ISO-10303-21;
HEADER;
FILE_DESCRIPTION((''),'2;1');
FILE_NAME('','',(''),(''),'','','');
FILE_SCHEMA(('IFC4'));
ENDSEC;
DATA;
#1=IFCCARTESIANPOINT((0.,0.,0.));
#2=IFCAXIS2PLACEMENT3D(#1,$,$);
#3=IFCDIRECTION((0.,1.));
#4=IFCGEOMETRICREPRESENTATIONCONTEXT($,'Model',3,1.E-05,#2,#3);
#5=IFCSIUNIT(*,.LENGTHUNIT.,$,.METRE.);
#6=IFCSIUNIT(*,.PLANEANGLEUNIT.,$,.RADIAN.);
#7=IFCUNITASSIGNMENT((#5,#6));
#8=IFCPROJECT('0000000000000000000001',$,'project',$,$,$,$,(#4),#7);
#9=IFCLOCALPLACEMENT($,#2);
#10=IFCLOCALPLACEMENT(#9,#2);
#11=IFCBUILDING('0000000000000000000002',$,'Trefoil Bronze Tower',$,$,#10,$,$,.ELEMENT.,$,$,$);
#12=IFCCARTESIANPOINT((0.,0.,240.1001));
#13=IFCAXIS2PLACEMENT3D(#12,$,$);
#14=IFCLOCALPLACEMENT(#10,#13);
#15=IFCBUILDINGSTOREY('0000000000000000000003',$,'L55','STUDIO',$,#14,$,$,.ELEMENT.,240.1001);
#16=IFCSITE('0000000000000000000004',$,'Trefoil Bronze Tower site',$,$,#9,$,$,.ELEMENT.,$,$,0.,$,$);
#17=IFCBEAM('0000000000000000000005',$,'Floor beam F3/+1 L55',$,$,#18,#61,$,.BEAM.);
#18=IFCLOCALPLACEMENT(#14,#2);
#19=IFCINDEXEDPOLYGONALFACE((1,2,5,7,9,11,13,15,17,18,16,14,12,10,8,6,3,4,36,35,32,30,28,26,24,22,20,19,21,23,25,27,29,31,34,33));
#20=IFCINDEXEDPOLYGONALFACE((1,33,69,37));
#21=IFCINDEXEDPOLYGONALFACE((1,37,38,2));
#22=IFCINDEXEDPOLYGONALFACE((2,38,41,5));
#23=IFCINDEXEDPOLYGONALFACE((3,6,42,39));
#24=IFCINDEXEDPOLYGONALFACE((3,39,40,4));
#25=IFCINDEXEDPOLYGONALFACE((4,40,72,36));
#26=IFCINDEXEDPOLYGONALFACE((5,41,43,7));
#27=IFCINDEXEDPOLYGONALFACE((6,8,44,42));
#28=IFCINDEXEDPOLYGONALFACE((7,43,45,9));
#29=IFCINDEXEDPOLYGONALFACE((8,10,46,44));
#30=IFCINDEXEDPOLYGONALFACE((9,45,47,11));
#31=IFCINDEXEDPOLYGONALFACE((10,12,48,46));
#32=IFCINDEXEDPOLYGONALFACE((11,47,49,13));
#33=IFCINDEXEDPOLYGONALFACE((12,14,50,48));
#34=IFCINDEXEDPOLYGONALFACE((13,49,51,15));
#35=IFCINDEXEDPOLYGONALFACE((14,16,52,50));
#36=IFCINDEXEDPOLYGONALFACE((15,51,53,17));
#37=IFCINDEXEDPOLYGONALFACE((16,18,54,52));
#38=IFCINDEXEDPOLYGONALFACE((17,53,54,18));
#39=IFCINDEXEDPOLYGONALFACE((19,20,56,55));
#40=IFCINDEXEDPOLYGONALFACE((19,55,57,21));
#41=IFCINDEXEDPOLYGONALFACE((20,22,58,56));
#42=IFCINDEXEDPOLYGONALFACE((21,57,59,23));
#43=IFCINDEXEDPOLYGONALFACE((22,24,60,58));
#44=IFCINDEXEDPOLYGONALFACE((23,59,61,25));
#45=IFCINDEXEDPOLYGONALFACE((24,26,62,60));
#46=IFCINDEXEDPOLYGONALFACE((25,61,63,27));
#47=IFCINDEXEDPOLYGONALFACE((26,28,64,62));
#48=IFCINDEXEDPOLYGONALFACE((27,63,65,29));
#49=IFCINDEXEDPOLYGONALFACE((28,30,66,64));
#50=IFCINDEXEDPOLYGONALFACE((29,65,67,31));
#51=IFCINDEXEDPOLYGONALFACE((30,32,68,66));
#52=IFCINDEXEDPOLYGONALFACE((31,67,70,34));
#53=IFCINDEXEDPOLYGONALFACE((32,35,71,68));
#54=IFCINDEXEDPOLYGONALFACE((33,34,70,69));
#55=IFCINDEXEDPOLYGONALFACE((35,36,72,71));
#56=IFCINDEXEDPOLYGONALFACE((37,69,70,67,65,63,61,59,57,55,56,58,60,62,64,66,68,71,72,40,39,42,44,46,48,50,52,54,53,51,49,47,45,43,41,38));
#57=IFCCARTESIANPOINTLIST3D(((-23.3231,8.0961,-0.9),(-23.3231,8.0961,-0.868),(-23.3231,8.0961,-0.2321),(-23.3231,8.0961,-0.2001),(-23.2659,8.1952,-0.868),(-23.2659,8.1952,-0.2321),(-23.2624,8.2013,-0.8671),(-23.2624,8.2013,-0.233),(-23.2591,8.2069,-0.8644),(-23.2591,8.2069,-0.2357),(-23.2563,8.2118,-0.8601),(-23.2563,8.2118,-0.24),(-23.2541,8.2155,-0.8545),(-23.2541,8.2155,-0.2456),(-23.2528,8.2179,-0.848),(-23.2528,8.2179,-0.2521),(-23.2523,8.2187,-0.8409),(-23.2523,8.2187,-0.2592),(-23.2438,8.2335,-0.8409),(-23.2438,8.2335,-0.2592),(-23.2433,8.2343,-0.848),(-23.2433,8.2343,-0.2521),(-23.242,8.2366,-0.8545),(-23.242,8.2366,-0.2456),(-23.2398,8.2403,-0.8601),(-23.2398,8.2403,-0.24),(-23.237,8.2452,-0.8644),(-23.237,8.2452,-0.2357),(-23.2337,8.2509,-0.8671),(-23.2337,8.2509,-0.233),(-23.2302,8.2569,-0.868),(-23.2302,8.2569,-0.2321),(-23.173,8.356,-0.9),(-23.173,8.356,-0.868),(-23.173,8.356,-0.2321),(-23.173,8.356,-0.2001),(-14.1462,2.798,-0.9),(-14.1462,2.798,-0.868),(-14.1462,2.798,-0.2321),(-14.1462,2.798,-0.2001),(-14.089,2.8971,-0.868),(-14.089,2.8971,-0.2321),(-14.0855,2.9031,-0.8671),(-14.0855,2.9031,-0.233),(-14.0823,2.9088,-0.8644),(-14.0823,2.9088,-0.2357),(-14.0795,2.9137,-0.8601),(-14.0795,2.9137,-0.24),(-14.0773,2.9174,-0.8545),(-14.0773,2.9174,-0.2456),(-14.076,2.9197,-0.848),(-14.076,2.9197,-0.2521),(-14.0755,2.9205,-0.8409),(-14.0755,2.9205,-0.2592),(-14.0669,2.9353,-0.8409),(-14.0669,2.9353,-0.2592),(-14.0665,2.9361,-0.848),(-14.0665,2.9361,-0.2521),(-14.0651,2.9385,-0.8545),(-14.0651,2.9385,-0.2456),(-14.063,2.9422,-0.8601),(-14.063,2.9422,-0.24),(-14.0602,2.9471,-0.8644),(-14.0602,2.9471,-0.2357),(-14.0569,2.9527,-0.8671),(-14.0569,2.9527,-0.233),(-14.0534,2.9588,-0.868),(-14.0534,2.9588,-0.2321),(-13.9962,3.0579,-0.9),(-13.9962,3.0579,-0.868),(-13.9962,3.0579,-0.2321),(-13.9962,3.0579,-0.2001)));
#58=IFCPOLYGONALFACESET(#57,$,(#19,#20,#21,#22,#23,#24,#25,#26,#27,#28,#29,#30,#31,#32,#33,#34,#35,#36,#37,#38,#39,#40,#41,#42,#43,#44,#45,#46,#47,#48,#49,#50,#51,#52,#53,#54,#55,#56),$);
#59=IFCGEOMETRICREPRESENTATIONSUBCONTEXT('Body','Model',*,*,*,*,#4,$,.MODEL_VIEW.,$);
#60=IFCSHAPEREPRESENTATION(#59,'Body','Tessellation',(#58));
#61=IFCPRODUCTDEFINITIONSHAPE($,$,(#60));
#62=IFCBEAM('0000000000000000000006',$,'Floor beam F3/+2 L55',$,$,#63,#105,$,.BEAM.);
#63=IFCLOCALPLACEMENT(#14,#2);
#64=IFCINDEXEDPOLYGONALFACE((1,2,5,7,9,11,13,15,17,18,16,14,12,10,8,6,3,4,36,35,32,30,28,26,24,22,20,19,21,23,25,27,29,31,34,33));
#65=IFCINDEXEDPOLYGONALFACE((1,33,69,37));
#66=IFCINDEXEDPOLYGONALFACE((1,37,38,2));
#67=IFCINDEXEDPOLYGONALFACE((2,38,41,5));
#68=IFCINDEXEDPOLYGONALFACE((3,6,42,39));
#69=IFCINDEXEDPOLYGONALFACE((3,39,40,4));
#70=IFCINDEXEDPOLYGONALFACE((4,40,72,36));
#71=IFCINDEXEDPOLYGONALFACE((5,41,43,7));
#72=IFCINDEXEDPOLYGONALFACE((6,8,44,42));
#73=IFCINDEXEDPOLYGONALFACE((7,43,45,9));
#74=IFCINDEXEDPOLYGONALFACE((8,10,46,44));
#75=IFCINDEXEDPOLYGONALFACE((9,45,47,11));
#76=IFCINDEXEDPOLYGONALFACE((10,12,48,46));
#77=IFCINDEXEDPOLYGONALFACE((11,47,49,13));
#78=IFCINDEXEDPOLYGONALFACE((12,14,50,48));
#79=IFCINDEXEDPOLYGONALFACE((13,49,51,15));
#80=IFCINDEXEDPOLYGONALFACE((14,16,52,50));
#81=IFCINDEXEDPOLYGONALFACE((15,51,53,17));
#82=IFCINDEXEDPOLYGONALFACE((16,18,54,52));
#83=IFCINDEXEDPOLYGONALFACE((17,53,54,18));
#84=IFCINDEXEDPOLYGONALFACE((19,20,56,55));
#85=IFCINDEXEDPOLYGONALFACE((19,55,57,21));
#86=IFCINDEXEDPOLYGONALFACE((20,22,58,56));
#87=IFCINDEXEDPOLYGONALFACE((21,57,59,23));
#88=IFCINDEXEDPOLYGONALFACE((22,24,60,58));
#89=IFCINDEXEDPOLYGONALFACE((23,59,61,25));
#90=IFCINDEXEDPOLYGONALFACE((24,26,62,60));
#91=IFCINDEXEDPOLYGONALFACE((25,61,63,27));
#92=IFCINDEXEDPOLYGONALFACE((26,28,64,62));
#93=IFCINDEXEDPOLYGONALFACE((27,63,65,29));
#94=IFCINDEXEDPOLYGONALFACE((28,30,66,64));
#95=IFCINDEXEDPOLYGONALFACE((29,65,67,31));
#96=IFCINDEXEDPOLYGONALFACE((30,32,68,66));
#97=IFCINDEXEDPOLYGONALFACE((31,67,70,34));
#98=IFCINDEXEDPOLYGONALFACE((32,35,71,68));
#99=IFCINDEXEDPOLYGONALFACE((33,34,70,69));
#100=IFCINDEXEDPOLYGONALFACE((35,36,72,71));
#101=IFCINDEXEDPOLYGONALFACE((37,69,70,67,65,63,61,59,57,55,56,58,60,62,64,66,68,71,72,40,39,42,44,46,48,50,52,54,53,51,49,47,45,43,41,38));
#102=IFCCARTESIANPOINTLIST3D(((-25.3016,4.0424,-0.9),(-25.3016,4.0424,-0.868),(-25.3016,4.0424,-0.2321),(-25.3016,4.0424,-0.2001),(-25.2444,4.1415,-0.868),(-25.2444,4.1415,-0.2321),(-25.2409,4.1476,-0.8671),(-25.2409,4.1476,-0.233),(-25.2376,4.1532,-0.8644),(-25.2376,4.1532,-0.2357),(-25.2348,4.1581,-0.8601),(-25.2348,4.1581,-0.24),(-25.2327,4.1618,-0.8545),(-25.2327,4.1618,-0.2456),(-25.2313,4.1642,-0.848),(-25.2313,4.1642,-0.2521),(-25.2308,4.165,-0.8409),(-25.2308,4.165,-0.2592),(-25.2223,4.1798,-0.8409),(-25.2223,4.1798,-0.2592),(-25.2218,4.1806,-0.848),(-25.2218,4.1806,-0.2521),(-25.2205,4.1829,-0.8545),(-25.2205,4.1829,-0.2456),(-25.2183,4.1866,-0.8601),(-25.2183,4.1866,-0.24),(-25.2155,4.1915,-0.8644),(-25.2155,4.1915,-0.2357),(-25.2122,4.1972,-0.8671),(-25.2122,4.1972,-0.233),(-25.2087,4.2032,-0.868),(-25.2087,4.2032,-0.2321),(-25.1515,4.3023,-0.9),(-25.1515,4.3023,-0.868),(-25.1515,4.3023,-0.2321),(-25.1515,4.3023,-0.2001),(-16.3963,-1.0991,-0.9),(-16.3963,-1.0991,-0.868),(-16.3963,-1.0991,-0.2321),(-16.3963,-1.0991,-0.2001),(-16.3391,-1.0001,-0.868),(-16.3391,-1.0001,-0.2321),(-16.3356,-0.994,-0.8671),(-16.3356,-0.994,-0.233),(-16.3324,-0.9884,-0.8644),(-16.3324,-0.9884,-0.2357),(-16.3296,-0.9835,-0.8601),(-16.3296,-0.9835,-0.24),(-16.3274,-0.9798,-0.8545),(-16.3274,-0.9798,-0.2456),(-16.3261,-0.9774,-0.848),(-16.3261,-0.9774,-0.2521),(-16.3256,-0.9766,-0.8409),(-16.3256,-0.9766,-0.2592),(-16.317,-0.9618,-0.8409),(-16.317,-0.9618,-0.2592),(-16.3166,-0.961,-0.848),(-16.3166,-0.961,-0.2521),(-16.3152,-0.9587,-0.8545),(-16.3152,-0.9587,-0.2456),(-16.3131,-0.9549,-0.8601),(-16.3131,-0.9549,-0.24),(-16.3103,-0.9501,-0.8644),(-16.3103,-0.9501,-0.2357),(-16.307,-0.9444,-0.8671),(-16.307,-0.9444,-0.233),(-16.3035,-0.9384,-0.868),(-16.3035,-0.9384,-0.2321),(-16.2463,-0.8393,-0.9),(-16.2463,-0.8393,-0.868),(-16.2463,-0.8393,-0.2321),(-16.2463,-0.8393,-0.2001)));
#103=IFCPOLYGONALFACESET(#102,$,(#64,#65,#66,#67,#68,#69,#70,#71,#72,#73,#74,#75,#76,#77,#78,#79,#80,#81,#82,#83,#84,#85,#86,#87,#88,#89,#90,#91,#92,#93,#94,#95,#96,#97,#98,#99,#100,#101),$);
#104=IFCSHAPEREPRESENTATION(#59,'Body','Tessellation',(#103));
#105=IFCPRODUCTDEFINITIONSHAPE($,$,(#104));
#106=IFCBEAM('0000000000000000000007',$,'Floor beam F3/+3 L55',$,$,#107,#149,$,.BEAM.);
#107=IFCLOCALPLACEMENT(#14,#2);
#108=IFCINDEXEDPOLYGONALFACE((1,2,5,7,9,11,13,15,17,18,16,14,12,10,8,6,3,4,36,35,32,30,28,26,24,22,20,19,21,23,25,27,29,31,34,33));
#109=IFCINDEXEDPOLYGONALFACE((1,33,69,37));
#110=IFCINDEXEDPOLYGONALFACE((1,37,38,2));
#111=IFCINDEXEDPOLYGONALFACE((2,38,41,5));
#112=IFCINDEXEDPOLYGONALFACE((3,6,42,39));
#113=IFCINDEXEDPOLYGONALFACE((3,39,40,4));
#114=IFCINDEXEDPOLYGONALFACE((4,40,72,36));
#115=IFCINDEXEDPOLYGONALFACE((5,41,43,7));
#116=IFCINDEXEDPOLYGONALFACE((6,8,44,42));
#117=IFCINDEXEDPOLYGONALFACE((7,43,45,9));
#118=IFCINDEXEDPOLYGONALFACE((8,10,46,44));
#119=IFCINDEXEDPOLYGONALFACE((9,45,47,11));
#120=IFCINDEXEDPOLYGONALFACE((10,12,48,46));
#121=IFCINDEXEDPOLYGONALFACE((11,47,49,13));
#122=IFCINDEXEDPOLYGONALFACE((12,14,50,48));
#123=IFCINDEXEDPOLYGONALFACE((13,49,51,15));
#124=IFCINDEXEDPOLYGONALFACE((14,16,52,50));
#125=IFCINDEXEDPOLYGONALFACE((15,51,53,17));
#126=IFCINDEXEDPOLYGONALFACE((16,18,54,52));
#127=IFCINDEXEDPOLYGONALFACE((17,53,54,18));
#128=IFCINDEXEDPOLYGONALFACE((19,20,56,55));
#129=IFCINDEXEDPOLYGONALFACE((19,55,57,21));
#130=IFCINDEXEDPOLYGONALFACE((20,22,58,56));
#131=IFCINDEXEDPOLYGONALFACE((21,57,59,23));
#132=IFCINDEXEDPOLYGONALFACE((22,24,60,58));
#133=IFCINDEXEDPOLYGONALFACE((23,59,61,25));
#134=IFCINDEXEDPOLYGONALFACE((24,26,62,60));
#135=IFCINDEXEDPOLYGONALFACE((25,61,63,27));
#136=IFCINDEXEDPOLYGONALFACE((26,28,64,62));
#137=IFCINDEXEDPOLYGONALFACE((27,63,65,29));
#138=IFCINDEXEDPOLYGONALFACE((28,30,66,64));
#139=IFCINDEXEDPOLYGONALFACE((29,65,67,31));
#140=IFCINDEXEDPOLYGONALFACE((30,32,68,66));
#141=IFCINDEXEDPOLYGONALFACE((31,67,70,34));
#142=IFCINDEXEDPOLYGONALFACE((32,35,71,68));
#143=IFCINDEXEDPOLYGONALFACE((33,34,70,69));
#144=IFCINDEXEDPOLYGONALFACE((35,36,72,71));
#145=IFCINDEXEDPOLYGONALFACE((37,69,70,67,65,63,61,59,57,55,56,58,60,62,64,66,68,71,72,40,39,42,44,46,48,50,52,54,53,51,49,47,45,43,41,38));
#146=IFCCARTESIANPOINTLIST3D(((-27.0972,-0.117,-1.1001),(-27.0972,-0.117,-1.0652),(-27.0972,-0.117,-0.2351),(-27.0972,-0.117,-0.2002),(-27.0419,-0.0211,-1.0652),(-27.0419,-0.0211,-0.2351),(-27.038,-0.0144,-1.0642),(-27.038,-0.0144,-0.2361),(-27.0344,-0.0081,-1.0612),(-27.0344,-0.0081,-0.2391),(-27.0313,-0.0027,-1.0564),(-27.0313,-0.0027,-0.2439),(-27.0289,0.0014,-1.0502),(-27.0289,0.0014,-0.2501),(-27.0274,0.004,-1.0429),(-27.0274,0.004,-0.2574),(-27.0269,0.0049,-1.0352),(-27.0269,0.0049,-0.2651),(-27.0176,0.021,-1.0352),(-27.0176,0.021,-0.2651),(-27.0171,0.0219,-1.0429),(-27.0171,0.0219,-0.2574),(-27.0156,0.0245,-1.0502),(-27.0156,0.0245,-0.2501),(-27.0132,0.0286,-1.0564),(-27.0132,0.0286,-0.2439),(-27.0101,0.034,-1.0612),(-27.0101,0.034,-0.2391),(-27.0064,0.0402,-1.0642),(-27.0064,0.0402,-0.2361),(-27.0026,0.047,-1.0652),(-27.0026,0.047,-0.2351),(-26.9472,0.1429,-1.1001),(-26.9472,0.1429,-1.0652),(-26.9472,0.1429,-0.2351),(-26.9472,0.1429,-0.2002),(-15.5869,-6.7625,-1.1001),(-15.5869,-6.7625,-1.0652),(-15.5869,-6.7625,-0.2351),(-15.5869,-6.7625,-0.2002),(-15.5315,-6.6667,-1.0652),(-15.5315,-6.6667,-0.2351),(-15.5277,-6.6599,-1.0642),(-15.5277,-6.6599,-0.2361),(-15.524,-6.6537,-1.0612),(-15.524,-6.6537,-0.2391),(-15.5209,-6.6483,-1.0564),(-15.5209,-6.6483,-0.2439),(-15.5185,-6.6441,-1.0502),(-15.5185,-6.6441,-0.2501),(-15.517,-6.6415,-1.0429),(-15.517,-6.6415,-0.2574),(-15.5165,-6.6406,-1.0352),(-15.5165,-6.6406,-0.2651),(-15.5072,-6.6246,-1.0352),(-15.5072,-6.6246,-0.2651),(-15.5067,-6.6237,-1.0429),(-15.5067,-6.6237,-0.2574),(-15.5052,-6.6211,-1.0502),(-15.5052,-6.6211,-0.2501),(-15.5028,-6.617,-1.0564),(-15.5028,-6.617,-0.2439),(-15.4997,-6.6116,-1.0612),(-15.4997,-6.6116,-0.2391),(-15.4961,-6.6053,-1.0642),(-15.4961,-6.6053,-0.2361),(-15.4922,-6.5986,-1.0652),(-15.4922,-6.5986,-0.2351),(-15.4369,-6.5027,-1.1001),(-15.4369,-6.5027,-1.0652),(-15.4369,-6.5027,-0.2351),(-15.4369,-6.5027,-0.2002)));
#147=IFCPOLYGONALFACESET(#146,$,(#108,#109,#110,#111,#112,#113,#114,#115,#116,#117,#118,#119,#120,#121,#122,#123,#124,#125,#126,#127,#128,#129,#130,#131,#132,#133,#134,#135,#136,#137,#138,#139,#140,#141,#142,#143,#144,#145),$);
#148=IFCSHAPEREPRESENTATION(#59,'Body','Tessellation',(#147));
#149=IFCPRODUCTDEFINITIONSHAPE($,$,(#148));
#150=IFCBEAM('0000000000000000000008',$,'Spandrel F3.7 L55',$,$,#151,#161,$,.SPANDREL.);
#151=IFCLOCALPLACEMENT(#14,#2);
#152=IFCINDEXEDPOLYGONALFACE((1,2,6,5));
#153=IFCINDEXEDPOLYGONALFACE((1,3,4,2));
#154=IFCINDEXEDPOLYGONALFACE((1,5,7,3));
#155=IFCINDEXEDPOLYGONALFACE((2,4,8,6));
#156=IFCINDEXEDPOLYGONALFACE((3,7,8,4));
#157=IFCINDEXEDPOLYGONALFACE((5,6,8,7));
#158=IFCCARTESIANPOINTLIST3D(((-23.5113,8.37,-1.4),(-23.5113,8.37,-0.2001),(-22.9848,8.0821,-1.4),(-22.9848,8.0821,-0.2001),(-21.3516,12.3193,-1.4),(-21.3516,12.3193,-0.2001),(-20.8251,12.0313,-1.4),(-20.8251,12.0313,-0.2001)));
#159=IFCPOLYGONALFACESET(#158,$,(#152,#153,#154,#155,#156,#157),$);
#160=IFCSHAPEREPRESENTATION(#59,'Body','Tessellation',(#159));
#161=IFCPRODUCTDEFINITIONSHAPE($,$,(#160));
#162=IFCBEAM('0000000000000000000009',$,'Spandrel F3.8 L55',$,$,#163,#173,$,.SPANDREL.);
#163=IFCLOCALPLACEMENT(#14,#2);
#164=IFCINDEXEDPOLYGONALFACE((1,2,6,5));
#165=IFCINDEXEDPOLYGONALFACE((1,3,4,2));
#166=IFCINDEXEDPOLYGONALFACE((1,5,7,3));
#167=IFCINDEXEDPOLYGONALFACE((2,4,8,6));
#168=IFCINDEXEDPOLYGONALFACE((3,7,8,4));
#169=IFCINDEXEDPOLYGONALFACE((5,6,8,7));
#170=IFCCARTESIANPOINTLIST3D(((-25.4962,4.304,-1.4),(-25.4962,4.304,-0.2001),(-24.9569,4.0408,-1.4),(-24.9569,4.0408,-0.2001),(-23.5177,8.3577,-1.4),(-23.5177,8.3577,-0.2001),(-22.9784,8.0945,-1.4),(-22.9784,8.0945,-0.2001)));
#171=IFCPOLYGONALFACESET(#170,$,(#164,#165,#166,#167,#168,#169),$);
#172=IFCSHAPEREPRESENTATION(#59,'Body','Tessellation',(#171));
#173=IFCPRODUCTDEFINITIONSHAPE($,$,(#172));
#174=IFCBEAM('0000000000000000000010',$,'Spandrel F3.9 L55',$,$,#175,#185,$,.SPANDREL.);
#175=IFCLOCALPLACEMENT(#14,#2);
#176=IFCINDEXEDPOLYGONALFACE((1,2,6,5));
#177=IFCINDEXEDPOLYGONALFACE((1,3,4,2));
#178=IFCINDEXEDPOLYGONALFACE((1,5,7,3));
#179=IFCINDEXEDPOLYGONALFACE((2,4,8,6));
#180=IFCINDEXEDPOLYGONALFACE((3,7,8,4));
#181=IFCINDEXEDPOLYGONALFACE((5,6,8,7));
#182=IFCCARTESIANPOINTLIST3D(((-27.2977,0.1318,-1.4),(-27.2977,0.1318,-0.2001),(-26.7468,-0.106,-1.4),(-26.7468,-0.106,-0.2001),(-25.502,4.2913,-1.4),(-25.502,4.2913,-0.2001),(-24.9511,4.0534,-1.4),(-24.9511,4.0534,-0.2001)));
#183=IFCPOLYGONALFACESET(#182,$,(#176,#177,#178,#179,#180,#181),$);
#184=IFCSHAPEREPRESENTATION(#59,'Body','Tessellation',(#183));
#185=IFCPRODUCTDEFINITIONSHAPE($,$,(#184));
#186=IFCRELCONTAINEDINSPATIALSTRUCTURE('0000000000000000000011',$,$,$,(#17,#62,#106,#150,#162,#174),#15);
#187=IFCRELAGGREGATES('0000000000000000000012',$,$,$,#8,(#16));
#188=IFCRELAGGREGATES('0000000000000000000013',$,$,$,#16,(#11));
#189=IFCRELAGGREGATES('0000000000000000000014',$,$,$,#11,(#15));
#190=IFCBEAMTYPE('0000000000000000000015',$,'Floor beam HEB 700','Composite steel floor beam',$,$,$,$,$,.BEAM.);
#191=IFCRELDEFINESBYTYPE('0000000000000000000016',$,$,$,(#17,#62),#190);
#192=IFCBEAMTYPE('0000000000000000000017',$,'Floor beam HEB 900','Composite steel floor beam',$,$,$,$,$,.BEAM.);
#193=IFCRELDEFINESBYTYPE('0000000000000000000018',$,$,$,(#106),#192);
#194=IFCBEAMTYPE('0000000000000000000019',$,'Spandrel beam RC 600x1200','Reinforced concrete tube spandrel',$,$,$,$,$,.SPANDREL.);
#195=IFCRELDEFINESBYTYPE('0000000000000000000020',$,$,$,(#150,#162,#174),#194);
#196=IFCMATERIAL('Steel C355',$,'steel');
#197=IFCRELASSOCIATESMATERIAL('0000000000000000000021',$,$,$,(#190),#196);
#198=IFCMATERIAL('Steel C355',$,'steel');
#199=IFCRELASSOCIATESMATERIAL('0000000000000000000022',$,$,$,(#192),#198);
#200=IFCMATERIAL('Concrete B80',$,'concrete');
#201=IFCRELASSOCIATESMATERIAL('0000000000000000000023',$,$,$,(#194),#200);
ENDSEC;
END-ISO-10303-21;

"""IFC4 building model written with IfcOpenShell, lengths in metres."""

from ifc_helpers import new_model, si_unit, direction, frame, origin, origin_2d, place, context, subcontext, project, spatial, rectangle, i_section, extrude, material, material_profile, profile_set, type_object, element, save


model = new_model("IFC4")

# Units and contexts
model_context = context("Model", 3, precision=1e-05, world=origin(), true_north=direction((0.0, 1.0)))
body_context = subcontext(model_context, "Body", "Model", "MODEL_VIEW")
ifc_project = project(units=[si_unit("LENGTHUNIT", "METRE"), si_unit("PLANEANGLEUNIT", "RADIAN")], contexts=[model_context])

# Site, building, storey
site_placement = place(None, origin())
site = spatial("IfcSite", under=ifc_project, at=site_placement, Name="Trefoil Bronze Tower site", CompositionType="ELEMENT", RefElevation=0.0)
building_placement = place(site_placement, origin())
building = spatial("IfcBuilding", under=site, at=building_placement, Name="Trefoil Bronze Tower", CompositionType="ELEMENT")
storey_placement = place(building_placement, frame((0.0, 0.0, 240.1001)))
storey = spatial("IfcBuildingStorey", under=building, at=storey_placement, Name="L55", Description="STUDIO", CompositionType="ELEMENT", Elevation=240.1001)

# Beams
ifc_material_1 = material(Name="Steel C355", Category="steel")
ifc_material_profile_1 = material_profile(ifc_material_1, i_section(OverallWidth=0.3, OverallDepth=0.7, WebThickness=0.0171, FlangeThickness=0.032, FilletRadius=0.0271, at=origin_2d()), Name="HEB 700")
ifc_profile_set_1 = profile_set([ifc_material_profile_1], Name="Steel C355")
beam_type_1 = type_object("IfcBeamType", Name="Floor beam HEB 700", Description="Composite steel floor beam", PredefinedType="BEAM", material=ifc_profile_set_1)
beam_1_placement = place(storey_placement, frame((-23.248, 8.2261, -0.55), z_axis=(0.86603, -0.499992, 0.0), x_axis=(0.499992, 0.86603, 0.0)))
element("IfcBeam", 1, at=beam_1_placement, inside=storey, type_object=beam_type_1, Name="Floor beam F3/+1 L55", PredefinedType="BEAM", context=body_context, shape_type="SweptSolid", body=[
    extrude(i_section(OverallWidth=0.3, OverallDepth=0.7, WebThickness=0.0171, FlangeThickness=0.032, FilletRadius=0.0271, at=origin_2d()), origin(), (0.0, 0.0, 1.0), 10.5964),
])
beam_2_placement = place(storey_placement, frame((-25.2266, 4.1724, -0.55), z_axis=(0.86602, -0.50001, 0.0), x_axis=(0.50001, 0.86602, 0.0)))
element("IfcBeam", 2, at=beam_2_placement, inside=storey, type_object=beam_type_1, Name="Floor beam F3/+2 L55", PredefinedType="BEAM", context=body_context, shape_type="SweptSolid", body=[
    extrude(i_section(OverallWidth=0.3, OverallDepth=0.7, WebThickness=0.0171, FlangeThickness=0.032, FilletRadius=0.0271, at=origin_2d()), origin(), (0.0, 0.0, 1.0), 10.283),
])
ifc_material_2 = material(Name="Steel C355", Category="steel")
ifc_material_profile_2 = material_profile(ifc_material_2, i_section(OverallWidth=0.3, OverallDepth=0.8999, WebThickness=0.0186, FlangeThickness=0.0349, FilletRadius=0.03, at=origin_2d()), Name="HEB 900")
ifc_profile_set_2 = profile_set([ifc_material_profile_2], Name="Steel C355")
beam_type_2 = type_object("IfcBeamType", Name="Floor beam HEB 900", Description="Composite steel floor beam", PredefinedType="BEAM", material=ifc_profile_set_2)
beam_3_placement = place(storey_placement, frame((-27.0222, 0.0129, -0.6501), z_axis=(0.866023, -0.500003, 0.0), x_axis=(0.500003, 0.866023, 0.0)))
element("IfcBeam", 3, at=beam_3_placement, inside=storey, type_object=beam_type_2, Name="Floor beam F3/+3 L55", PredefinedType="BEAM", context=body_context, shape_type="SweptSolid", body=[
    extrude(i_section(OverallWidth=0.3, OverallDepth=0.8999, WebThickness=0.0186, FlangeThickness=0.0349, FilletRadius=0.03, at=origin_2d()), origin(), (0.0, 0.0, 1.0), 13.291),
])
ifc_material_3 = material(Name="Concrete B80", Category="concrete")
ifc_material_profile_3 = material_profile(ifc_material_3, rectangle(XDim=0.6001, YDim=1.2, at=origin_2d()), Name="RC 600x1200")
ifc_profile_set_3 = profile_set([ifc_material_profile_3], Name="Concrete B80")
beam_type_3 = type_object("IfcBeamType", Name="Spandrel beam RC 600x1200", Description="Reinforced concrete tube spandrel", PredefinedType="SPANDREL", material=ifc_profile_set_3)
beam_4_placement = place(storey_placement, frame((-21.0884, 12.1753, -0.8), z_axis=(-0.479802, -0.877377, 0.0), x_axis=(0.877377, -0.479802, 0.0)))
element("IfcBeam", 4, at=beam_4_placement, inside=storey, type_object=beam_type_3, Name="Spandrel F3.7 L55", PredefinedType="SPANDREL", context=body_context, shape_type="SweptSolid", body=[
    extrude(rectangle(XDim=0.6001, YDim=1.2, at=origin_2d()), origin(), (0.0, 0.0, 1.0), 4.5012),
])
beam_5_placement = place(storey_placement, frame((-23.248, 8.2261, -0.8), z_axis=(-0.43862, -0.898673, 0.0), x_axis=(0.898673, -0.43862, 0.0)))
element("IfcBeam", 5, at=beam_5_placement, inside=storey, type_object=beam_type_3, Name="Spandrel F3.8 L55", PredefinedType="SPANDREL", context=body_context, shape_type="SweptSolid", body=[
    extrude(rectangle(XDim=0.6001, YDim=1.2, at=origin_2d()), origin(), (0.0, 0.0, 1.0), 4.5107),
])
beam_6_placement = place(storey_placement, frame((-25.2266, 4.1724, -0.8), z_axis=(-0.39635, -0.918099, 0.0), x_axis=(0.918099, -0.39635, 0.0)))
element("IfcBeam", 6, at=beam_6_placement, inside=storey, type_object=beam_type_3, Name="Spandrel F3.9 L55", PredefinedType="SPANDREL", context=body_context, shape_type="SweptSolid", body=[
    extrude(rectangle(XDim=0.6001, YDim=1.2, at=origin_2d()), origin(), (0.0, 0.0, 1.0), 4.5305),
])

save(model, "model.ifc")
